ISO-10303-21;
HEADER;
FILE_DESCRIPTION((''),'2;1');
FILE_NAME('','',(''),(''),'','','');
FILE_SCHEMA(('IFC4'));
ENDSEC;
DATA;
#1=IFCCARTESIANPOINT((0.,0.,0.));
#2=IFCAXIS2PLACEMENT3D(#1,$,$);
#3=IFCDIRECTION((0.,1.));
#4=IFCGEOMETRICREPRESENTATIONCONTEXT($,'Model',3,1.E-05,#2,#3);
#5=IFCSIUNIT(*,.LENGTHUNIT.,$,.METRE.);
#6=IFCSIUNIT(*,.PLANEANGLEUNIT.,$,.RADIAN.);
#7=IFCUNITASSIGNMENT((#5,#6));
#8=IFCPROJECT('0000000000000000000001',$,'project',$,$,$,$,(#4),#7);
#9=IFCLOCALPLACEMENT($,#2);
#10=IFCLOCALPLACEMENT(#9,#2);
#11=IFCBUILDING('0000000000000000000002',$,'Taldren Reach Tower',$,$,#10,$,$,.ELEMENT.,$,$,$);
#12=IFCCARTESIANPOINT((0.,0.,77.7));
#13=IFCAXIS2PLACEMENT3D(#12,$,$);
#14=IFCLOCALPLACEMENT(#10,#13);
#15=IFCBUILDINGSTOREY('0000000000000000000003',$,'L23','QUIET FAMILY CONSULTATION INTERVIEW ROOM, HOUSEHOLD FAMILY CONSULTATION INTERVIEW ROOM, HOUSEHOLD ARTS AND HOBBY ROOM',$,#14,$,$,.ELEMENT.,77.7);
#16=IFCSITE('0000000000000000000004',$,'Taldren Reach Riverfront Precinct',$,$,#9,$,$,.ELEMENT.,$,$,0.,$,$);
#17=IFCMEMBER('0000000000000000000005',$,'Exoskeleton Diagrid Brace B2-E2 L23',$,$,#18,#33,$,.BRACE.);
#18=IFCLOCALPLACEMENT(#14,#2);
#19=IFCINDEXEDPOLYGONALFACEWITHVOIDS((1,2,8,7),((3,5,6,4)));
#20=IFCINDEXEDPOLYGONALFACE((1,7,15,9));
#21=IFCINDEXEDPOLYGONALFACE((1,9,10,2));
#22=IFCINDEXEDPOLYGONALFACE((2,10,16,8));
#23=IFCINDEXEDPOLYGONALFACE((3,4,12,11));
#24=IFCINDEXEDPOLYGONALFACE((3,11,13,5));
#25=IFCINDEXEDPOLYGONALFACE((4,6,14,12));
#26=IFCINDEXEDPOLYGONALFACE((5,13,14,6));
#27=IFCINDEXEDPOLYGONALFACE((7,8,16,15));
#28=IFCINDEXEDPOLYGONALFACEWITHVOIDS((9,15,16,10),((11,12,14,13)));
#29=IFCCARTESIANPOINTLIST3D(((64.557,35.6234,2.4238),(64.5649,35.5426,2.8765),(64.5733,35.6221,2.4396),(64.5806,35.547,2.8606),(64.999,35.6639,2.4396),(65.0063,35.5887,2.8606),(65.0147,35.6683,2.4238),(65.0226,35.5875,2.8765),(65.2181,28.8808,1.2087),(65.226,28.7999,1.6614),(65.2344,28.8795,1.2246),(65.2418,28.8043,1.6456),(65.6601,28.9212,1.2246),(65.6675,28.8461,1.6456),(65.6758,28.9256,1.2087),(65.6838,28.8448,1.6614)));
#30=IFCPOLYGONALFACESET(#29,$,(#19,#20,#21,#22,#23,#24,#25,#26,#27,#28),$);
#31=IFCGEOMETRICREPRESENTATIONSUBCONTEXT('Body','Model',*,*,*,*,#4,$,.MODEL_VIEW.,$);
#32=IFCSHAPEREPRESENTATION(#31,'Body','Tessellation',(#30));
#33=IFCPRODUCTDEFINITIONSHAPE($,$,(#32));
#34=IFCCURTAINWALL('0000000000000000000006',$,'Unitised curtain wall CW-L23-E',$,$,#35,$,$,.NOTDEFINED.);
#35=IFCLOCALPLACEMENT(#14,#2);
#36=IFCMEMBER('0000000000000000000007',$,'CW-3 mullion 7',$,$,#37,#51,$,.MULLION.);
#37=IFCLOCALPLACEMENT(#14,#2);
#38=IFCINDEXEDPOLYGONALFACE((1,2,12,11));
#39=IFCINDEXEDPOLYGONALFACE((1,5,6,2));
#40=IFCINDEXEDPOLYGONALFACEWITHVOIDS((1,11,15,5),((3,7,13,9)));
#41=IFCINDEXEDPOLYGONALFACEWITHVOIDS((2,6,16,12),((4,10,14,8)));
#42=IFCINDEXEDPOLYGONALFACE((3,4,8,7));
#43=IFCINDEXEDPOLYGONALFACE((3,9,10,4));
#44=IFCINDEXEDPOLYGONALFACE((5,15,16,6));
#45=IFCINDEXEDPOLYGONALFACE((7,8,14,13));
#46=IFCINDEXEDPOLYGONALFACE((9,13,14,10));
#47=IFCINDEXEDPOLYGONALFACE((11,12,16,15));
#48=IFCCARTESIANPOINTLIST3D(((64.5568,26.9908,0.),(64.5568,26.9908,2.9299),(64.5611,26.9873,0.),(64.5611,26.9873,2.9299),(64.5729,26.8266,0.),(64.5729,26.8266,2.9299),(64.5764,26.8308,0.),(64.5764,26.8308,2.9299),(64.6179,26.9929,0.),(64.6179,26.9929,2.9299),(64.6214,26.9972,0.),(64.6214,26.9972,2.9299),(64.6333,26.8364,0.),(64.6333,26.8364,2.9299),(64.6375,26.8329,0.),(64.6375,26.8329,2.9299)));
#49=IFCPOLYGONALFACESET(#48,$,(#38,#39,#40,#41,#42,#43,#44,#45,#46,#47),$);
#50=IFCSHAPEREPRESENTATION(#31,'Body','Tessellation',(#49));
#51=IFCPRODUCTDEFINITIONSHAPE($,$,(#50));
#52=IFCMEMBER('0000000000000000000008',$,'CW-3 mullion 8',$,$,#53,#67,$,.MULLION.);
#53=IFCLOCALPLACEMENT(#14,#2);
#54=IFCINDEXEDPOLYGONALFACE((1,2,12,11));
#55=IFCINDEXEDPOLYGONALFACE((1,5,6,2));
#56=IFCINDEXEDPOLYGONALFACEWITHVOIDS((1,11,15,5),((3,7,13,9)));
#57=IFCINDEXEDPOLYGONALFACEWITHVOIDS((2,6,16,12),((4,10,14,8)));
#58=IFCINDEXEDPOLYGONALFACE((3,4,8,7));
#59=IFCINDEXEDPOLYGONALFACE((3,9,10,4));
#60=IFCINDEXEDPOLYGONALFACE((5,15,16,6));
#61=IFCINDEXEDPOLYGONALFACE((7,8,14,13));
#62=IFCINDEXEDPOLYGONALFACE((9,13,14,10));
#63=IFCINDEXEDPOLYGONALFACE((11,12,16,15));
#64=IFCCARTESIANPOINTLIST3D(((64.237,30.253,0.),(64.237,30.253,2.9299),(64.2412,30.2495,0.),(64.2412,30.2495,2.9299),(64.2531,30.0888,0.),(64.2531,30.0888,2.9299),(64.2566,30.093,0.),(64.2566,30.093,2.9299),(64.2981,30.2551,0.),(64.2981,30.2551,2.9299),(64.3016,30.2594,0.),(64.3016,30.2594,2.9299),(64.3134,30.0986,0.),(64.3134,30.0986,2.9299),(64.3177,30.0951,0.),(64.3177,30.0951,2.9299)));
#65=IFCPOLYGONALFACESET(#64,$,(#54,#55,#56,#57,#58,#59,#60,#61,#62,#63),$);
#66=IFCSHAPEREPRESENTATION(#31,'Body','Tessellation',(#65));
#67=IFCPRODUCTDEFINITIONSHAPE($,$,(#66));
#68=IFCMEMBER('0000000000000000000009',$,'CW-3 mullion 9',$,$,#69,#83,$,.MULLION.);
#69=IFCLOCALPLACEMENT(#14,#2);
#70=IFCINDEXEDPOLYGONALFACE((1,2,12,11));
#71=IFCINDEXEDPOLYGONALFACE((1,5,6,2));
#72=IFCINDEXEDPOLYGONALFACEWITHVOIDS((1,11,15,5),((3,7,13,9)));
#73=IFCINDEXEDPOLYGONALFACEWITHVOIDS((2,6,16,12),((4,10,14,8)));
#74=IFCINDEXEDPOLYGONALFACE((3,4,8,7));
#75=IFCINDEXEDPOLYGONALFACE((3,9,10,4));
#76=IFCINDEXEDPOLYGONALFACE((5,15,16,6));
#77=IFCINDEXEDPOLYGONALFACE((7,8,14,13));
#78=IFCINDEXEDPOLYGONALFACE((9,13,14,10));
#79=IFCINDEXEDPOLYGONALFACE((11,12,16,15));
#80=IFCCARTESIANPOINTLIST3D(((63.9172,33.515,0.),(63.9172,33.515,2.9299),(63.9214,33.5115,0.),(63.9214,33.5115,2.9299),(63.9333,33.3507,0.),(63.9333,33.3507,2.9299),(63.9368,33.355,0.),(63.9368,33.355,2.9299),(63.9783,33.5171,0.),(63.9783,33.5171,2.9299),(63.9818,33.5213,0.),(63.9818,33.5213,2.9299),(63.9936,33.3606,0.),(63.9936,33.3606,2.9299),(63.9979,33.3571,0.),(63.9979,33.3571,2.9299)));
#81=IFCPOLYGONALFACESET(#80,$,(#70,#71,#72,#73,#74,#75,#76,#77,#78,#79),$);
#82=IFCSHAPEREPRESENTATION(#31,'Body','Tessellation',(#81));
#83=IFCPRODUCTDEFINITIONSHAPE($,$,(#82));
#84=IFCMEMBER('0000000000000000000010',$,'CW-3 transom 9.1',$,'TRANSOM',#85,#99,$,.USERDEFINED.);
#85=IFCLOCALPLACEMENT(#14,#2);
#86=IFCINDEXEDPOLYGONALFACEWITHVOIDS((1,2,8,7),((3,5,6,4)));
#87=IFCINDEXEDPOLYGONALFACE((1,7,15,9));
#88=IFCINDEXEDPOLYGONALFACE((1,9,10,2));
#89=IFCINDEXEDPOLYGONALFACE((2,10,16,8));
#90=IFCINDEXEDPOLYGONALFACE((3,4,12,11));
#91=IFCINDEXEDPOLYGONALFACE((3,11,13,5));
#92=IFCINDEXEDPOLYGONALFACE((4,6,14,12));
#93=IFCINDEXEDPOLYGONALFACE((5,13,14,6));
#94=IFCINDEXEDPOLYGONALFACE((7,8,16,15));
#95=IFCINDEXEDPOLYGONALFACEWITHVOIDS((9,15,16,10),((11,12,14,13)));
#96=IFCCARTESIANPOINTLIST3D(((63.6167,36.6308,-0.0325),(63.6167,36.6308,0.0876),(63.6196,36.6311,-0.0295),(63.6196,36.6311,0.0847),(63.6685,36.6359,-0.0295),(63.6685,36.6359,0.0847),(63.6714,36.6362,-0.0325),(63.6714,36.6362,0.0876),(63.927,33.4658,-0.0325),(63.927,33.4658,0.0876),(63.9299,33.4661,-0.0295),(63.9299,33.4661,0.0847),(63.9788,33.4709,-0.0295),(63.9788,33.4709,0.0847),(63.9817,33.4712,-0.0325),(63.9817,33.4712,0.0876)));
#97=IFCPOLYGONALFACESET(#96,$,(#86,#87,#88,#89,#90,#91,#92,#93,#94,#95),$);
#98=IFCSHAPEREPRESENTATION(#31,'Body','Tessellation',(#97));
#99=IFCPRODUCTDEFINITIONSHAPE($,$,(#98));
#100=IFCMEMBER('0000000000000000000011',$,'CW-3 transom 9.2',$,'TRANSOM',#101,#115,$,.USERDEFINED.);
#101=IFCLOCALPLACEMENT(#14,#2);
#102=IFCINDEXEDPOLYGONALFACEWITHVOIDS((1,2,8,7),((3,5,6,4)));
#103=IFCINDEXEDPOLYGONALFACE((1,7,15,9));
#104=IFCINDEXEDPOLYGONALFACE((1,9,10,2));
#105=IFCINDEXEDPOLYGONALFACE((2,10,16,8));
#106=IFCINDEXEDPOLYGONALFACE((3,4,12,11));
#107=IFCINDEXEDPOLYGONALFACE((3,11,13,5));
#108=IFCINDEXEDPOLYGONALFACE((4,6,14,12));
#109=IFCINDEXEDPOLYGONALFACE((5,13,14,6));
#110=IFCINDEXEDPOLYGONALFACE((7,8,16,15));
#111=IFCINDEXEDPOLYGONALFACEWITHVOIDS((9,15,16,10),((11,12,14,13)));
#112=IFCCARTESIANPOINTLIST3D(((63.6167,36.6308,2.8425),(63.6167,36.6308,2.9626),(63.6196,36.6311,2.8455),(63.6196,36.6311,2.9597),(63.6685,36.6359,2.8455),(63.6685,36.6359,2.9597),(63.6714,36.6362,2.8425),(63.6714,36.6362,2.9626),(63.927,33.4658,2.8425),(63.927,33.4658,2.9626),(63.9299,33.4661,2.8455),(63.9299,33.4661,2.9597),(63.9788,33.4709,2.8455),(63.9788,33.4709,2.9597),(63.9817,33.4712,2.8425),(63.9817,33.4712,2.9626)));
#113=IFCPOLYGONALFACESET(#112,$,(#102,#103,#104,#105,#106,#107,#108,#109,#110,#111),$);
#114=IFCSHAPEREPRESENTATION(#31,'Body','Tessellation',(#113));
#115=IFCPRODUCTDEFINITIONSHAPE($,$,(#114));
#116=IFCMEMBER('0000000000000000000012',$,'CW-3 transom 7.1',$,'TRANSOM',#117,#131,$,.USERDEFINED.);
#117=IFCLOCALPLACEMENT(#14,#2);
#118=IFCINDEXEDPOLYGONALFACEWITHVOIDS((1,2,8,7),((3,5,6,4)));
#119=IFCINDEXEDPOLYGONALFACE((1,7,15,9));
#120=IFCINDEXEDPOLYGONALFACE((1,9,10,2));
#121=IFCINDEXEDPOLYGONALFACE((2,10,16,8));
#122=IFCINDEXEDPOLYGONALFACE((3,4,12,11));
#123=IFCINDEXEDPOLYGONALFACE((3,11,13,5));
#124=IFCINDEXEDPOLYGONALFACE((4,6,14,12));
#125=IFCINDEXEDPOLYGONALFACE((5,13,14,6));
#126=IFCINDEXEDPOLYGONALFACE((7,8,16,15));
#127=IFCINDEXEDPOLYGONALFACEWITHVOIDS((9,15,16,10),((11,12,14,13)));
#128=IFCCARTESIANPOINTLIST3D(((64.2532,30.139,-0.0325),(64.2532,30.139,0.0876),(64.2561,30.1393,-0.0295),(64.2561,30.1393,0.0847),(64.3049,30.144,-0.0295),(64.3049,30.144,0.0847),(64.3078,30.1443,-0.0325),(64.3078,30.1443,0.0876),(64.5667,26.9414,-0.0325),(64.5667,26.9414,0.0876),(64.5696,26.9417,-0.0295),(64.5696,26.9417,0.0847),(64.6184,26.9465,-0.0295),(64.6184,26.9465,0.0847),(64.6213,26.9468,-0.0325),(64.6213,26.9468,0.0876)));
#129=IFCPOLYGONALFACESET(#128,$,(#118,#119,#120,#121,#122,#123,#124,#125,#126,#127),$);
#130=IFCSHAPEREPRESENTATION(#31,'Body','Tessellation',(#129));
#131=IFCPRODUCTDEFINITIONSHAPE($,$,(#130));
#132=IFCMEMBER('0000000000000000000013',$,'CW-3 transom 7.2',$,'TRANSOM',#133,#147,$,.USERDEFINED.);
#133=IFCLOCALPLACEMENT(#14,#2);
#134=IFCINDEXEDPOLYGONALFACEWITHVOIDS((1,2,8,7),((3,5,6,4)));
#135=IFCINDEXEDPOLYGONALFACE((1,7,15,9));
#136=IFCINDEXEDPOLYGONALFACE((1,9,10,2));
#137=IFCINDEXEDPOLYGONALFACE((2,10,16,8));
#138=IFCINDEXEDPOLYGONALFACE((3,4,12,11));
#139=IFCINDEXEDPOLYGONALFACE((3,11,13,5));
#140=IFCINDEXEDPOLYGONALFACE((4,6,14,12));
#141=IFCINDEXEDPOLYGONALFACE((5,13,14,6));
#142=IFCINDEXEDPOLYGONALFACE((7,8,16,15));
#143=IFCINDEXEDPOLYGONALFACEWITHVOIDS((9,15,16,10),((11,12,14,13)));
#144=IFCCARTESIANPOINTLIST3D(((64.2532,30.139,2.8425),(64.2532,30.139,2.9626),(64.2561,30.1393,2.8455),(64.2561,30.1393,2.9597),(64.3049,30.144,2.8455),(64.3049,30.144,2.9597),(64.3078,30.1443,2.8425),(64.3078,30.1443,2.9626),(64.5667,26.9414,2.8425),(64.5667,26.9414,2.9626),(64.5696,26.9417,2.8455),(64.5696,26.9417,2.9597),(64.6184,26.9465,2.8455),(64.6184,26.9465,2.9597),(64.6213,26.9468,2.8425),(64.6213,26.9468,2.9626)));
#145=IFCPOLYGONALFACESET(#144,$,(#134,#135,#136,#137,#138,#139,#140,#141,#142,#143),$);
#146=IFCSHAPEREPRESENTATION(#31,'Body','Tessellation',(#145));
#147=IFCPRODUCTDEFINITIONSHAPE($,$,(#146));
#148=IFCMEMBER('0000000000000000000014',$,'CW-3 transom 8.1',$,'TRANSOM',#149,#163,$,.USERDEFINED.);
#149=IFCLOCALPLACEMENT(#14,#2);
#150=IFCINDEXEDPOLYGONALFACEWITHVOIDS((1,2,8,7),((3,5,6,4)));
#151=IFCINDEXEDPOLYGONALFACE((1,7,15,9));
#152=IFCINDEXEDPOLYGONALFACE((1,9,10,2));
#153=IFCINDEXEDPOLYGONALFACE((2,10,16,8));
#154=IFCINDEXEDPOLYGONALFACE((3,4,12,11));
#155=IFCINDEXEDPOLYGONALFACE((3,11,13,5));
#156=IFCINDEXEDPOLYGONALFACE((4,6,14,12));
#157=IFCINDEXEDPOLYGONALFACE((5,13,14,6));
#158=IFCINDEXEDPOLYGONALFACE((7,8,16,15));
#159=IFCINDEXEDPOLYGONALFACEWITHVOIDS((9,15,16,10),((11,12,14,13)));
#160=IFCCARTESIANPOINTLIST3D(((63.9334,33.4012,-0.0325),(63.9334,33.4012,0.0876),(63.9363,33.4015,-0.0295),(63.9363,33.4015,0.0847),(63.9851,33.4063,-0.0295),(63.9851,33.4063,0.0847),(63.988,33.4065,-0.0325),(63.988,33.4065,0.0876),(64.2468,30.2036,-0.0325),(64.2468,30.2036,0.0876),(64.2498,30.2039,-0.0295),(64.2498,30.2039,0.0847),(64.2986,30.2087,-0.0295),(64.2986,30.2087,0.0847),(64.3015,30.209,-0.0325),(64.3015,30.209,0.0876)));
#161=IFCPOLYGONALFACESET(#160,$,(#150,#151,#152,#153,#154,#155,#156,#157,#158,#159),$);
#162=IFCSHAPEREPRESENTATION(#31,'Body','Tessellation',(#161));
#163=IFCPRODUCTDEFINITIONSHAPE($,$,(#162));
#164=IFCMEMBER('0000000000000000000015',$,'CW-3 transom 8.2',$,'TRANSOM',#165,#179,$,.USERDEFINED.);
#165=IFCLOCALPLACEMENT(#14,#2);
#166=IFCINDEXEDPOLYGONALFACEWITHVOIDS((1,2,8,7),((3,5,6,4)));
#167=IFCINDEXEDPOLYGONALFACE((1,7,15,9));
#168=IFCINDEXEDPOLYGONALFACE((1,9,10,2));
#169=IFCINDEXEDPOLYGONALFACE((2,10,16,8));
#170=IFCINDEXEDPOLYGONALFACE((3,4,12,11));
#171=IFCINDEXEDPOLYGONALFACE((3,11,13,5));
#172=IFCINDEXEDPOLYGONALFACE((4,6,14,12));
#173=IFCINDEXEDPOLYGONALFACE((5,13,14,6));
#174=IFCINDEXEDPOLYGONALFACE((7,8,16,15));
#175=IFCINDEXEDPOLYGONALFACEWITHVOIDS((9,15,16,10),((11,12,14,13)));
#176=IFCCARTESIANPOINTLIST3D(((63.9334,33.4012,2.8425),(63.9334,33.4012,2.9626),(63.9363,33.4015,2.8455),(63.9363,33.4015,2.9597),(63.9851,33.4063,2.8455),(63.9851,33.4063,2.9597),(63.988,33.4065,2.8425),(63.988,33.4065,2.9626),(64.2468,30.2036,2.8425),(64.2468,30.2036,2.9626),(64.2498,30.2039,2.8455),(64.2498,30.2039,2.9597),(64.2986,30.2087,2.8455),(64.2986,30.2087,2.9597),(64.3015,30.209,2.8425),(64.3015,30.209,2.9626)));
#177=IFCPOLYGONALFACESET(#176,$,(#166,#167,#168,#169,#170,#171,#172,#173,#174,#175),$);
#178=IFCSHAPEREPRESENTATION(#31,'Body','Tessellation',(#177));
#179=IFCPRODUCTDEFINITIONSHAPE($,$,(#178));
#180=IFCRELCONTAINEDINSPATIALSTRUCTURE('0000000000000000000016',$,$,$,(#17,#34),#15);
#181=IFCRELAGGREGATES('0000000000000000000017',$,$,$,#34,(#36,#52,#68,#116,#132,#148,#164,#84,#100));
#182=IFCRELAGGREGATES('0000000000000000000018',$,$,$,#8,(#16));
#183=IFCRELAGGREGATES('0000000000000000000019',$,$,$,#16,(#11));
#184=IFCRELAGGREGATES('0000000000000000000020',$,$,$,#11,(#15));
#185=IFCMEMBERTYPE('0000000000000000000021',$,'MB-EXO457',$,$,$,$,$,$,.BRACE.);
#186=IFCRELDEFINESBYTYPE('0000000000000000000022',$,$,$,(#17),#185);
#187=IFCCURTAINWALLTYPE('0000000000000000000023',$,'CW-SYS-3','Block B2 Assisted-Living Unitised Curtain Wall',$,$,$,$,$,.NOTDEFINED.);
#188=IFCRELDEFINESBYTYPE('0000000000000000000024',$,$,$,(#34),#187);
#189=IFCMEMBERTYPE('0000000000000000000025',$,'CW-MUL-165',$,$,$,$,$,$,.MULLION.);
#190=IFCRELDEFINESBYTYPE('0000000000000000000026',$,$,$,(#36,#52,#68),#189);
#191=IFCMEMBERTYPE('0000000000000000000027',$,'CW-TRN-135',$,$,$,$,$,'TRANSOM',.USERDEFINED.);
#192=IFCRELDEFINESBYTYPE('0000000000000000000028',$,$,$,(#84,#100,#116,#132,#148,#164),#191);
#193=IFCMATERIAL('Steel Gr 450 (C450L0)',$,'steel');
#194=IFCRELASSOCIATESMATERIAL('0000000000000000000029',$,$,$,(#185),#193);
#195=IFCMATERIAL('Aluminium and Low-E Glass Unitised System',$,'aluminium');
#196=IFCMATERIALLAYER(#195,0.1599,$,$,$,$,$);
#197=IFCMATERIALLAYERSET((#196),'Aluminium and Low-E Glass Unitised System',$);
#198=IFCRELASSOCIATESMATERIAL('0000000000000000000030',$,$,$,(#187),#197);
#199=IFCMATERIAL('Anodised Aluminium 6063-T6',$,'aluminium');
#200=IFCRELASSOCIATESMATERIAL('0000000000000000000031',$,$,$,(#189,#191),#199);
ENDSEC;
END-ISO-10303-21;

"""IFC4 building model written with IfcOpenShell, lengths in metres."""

from ifc_helpers import new_model, si_unit, direction, frame, origin, origin_2d, place, context, subcontext, project, spatial, hollow_rectangle, extrude, source, transform, mapped, material, layer, layer_set, material_profile, profile_set, type_object, element, aggregate, save


model = new_model("IFC4")

# Units and contexts
model_context = context("Model", 3, precision=1e-05, world=origin(), true_north=direction((0.0, 1.0)))
body_context = subcontext(model_context, "Body", "Model", "MODEL_VIEW")
ifc_project = project(units=[si_unit("LENGTHUNIT", "METRE"), si_unit("PLANEANGLEUNIT", "RADIAN")], contexts=[model_context])

# Site, building, storey
site_placement = place(None, origin())
site = spatial("IfcSite", under=ifc_project, at=site_placement, Name="Taldren Reach Riverfront Precinct", CompositionType="ELEMENT", RefElevation=0.0)
building_placement = place(site_placement, origin())
building = spatial("IfcBuilding", under=site, at=building_placement, Name="Taldren Reach Tower", CompositionType="ELEMENT")
storey_placement = place(building_placement, frame((0.0, 0.0, 77.7)))
storey = spatial("IfcBuildingStorey", under=building, at=storey_placement, Name="L23", Description="QUIET FAMILY CONSULTATION INTERVIEW ROOM, HOUSEHOLD FAMILY CONSULTATION INTERVIEW ROOM, HOUSEHOLD ARTS AND HOBBY ROOM", CompositionType="ELEMENT", Elevation=77.7)

# Member
ifc_material_1 = material(Name="Steel Gr 450 (C450L0)", Category="steel")
ifc_material_profile_1 = material_profile(ifc_material_1, hollow_rectangle(XDim=0.46, YDim=0.46, WallThickness=0.0161, at=origin_2d()), Name="460x460x16.0SHS")
ifc_profile_set_1 = profile_set([ifc_material_profile_1], Name="Steel Gr 450 (C450L0)")
member_type_1 = type_object("IfcMemberType", Name="MB-EXO457", PredefinedType="BRACE", material=ifc_profile_set_1)
shared_shape_1 = source(origin(), body_context, "Body", "SweptSolid", [
    extrude(hollow_rectangle(XDim=0.46, YDim=0.46, WallThickness=0.0161, at=origin_2d()), origin(), (0.0, 0.0, 1.0), 6.8831),
])
member_1_placement = place(storey_placement, frame((65.4509, 28.8628, 1.4351), z_axis=(-0.096051, 0.979597, 0.176532), x_axis=(-0.995227, -0.097584, 0.0)))
element("IfcMember", 1, at=member_1_placement, inside=storey, type_object=member_type_1, Name="Exoskeleton Diagrid Brace B2-E2 L23", PredefinedType="BRACE", context=body_context, shape_type="MappedRepresentation", body=[
    mapped(shared_shape_1, transform((0.0, 0.0, 0.0), scale=1.0)),
])

# Curtain wall, members
ifc_material_2 = material(Name="Aluminium and Low-E Glass Unitised System", Category="aluminium")
ifc_layer_1 = layer(ifc_material_2, 0.1599)
ifc_layer_set_1 = layer_set([ifc_layer_1], Name="Aluminium and Low-E Glass Unitised System")
curtain_wall_type = type_object("IfcCurtainWallType", Name="CW-SYS-3", Description="Block B2 Assisted-Living Unitised Curtain Wall", PredefinedType="NOTDEFINED", material=ifc_layer_set_1)
curtain_wall_placement = place(storey_placement, origin())
curtain_wall = element("IfcCurtainWall", 2, at=curtain_wall_placement, inside=storey, type_object=curtain_wall_type, Name="Unitised curtain wall CW-L23-E", PredefinedType="NOTDEFINED")
ifc_material_3 = material(Name="Anodised Aluminium 6063-T6", Category="aluminium")
ifc_material_profile_2 = material_profile(ifc_material_3, hollow_rectangle(XDim=0.0649, YDim=0.165, WallThickness=0.0039, at=origin_2d()), Name="ALU-165x65x4RHS")
ifc_profile_set_2 = profile_set([ifc_material_profile_2], Name="Anodised Aluminium 6063-T6")
member_type_2 = type_object("IfcMemberType", Name="CW-MUL-165", PredefinedType="MULLION", material=ifc_profile_set_2)
shared_shape_2 = source(origin(), body_context, "Body", "SweptSolid", [
    extrude(hollow_rectangle(XDim=0.0649, YDim=0.165, WallThickness=0.0039, at=origin_2d()), origin(), (0.0, 0.0, 1.0), 2.9299),
])
member_2_placement = place(storey_placement, frame((64.5972, 26.9119, 0.0), z_axis=(0.0, 0.0, 1.0), x_axis=(-0.995227, -0.097583, 0.0)))
member_2 = element("IfcMember", 3, at=member_2_placement, type_object=member_type_2, Name="CW-3 mullion 7", PredefinedType="MULLION", context=body_context, shape_type="MappedRepresentation", body=[
    mapped(shared_shape_2, transform((0.0, 0.0, 0.0), scale=1.0)),
])
member_3_placement = place(storey_placement, frame((64.2773, 30.1741, 0.0), z_axis=(0.0, 0.0, 1.0), x_axis=(-0.995227, -0.097583, 0.0)))
member_3 = element("IfcMember", 4, at=member_3_placement, type_object=member_type_2, Name="CW-3 mullion 8", PredefinedType="MULLION", context=body_context, shape_type="MappedRepresentation", body=[
    mapped(shared_shape_2, transform((0.0, 0.0, 0.0), scale=1.0)),
])
member_4_placement = place(storey_placement, frame((63.9575, 33.436, 0.0), z_axis=(0.0, 0.0, 1.0), x_axis=(-0.995227, -0.097583, 0.0)))
member_4 = element("IfcMember", 5, at=member_4_placement, type_object=member_type_2, Name="CW-3 mullion 9", PredefinedType="MULLION", context=body_context, shape_type="MappedRepresentation", body=[
    mapped(shared_shape_2, transform((0.0, 0.0, 0.0), scale=1.0)),
])
ifc_material_profile_3 = material_profile(ifc_material_3, hollow_rectangle(XDim=0.0549, YDim=0.1201, WallThickness=0.0029, at=origin_2d()), Name="ALU-120x55x3RHS")
ifc_profile_set_3 = profile_set([ifc_material_profile_3], Name="Anodised Aluminium 6063-T6")
member_type_3 = type_object("IfcMemberType", Name="CW-TRN-135", ElementType="TRANSOM", PredefinedType="USERDEFINED", material=ifc_profile_set_3)
shared_shape_3 = source(origin(), body_context, "Body", "SweptSolid", [
    extrude(hollow_rectangle(XDim=0.0549, YDim=0.1201, WallThickness=0.0029, at=origin_2d()), origin(), (0.0, 0.0, 1.0), 3.1802),
])
member_5_placement = place(storey_placement, frame((63.9543, 33.4685, 0.0276), z_axis=(-0.097573, 0.995228, 0.0), x_axis=(-0.995228, -0.097573, 0.0)))
member_5 = element("IfcMember", 6, at=member_5_placement, type_object=member_type_3, Name="CW-3 transom 9.1", ObjectType="TRANSOM", PredefinedType="USERDEFINED", context=body_context, shape_type="MappedRepresentation", body=[
    mapped(shared_shape_3, transform((0.0, 0.0, 0.0), scale=1.0)),
])
member_6_placement = place(storey_placement, frame((63.9543, 33.4685, 2.9026), z_axis=(-0.097573, 0.995228, 0.0), x_axis=(-0.995228, -0.097573, 0.0)))
member_6 = element("IfcMember", 7, at=member_6_placement, type_object=member_type_3, Name="CW-3 transom 9.2", ObjectType="TRANSOM", PredefinedType="USERDEFINED", context=body_context, shape_type="MappedRepresentation", body=[
    mapped(shared_shape_3, transform((0.0, 0.0, 0.0), scale=1.0)),
])
shared_shape_4 = source(origin(), body_context, "Body", "SweptSolid", [
    extrude(hollow_rectangle(XDim=0.0549, YDim=0.1201, WallThickness=0.0029, at=origin_2d()), origin(), (0.0, 0.0, 1.0), 3.2129),
])
member_7_placement = place(storey_placement, frame((64.594, 26.9441, 0.0276), z_axis=(-0.09757, 0.995229, 0.0), x_axis=(-0.995229, -0.09757, 0.0)))
member_7 = element("IfcMember", 8, at=member_7_placement, type_object=member_type_3, Name="CW-3 transom 7.1", ObjectType="TRANSOM", PredefinedType="USERDEFINED", context=body_context, shape_type="MappedRepresentation", body=[
    mapped(shared_shape_4, transform((0.0, 0.0, 0.0), scale=1.0)),
])
member_8_placement = place(storey_placement, frame((64.594, 26.9441, 2.9026), z_axis=(-0.09757, 0.995229, 0.0), x_axis=(-0.995229, -0.09757, 0.0)))
member_8 = element("IfcMember", 9, at=member_8_placement, type_object=member_type_3, Name="CW-3 transom 7.2", ObjectType="TRANSOM", PredefinedType="USERDEFINED", context=body_context, shape_type="MappedRepresentation", body=[
    mapped(shared_shape_4, transform((0.0, 0.0, 0.0), scale=1.0)),
])
member_9_placement = place(storey_placement, frame((64.2742, 30.2063, 0.0276), z_axis=(-0.09757, 0.995229, 0.0), x_axis=(-0.995229, -0.09757, 0.0)))
member_9 = element("IfcMember", 10, at=member_9_placement, type_object=member_type_3, Name="CW-3 transom 8.1", ObjectType="TRANSOM", PredefinedType="USERDEFINED", context=body_context, shape_type="MappedRepresentation", body=[
    mapped(shared_shape_4, transform((0.0, 0.0, 0.0), scale=1.0)),
])
member_10_placement = place(storey_placement, frame((64.2742, 30.2063, 2.9026), z_axis=(-0.09757, 0.995229, 0.0), x_axis=(-0.995229, -0.09757, 0.0)))
member_10 = element("IfcMember", 11, at=member_10_placement, type_object=member_type_3, Name="CW-3 transom 8.2", ObjectType="TRANSOM", PredefinedType="USERDEFINED", context=body_context, shape_type="MappedRepresentation", body=[
    mapped(shared_shape_4, transform((0.0, 0.0, 0.0), scale=1.0)),
])
aggregate(curtain_wall, [member_2, member_3, member_4, member_7, member_8, member_9, member_10, member_5, member_6])

save(model, "model.ifc")
